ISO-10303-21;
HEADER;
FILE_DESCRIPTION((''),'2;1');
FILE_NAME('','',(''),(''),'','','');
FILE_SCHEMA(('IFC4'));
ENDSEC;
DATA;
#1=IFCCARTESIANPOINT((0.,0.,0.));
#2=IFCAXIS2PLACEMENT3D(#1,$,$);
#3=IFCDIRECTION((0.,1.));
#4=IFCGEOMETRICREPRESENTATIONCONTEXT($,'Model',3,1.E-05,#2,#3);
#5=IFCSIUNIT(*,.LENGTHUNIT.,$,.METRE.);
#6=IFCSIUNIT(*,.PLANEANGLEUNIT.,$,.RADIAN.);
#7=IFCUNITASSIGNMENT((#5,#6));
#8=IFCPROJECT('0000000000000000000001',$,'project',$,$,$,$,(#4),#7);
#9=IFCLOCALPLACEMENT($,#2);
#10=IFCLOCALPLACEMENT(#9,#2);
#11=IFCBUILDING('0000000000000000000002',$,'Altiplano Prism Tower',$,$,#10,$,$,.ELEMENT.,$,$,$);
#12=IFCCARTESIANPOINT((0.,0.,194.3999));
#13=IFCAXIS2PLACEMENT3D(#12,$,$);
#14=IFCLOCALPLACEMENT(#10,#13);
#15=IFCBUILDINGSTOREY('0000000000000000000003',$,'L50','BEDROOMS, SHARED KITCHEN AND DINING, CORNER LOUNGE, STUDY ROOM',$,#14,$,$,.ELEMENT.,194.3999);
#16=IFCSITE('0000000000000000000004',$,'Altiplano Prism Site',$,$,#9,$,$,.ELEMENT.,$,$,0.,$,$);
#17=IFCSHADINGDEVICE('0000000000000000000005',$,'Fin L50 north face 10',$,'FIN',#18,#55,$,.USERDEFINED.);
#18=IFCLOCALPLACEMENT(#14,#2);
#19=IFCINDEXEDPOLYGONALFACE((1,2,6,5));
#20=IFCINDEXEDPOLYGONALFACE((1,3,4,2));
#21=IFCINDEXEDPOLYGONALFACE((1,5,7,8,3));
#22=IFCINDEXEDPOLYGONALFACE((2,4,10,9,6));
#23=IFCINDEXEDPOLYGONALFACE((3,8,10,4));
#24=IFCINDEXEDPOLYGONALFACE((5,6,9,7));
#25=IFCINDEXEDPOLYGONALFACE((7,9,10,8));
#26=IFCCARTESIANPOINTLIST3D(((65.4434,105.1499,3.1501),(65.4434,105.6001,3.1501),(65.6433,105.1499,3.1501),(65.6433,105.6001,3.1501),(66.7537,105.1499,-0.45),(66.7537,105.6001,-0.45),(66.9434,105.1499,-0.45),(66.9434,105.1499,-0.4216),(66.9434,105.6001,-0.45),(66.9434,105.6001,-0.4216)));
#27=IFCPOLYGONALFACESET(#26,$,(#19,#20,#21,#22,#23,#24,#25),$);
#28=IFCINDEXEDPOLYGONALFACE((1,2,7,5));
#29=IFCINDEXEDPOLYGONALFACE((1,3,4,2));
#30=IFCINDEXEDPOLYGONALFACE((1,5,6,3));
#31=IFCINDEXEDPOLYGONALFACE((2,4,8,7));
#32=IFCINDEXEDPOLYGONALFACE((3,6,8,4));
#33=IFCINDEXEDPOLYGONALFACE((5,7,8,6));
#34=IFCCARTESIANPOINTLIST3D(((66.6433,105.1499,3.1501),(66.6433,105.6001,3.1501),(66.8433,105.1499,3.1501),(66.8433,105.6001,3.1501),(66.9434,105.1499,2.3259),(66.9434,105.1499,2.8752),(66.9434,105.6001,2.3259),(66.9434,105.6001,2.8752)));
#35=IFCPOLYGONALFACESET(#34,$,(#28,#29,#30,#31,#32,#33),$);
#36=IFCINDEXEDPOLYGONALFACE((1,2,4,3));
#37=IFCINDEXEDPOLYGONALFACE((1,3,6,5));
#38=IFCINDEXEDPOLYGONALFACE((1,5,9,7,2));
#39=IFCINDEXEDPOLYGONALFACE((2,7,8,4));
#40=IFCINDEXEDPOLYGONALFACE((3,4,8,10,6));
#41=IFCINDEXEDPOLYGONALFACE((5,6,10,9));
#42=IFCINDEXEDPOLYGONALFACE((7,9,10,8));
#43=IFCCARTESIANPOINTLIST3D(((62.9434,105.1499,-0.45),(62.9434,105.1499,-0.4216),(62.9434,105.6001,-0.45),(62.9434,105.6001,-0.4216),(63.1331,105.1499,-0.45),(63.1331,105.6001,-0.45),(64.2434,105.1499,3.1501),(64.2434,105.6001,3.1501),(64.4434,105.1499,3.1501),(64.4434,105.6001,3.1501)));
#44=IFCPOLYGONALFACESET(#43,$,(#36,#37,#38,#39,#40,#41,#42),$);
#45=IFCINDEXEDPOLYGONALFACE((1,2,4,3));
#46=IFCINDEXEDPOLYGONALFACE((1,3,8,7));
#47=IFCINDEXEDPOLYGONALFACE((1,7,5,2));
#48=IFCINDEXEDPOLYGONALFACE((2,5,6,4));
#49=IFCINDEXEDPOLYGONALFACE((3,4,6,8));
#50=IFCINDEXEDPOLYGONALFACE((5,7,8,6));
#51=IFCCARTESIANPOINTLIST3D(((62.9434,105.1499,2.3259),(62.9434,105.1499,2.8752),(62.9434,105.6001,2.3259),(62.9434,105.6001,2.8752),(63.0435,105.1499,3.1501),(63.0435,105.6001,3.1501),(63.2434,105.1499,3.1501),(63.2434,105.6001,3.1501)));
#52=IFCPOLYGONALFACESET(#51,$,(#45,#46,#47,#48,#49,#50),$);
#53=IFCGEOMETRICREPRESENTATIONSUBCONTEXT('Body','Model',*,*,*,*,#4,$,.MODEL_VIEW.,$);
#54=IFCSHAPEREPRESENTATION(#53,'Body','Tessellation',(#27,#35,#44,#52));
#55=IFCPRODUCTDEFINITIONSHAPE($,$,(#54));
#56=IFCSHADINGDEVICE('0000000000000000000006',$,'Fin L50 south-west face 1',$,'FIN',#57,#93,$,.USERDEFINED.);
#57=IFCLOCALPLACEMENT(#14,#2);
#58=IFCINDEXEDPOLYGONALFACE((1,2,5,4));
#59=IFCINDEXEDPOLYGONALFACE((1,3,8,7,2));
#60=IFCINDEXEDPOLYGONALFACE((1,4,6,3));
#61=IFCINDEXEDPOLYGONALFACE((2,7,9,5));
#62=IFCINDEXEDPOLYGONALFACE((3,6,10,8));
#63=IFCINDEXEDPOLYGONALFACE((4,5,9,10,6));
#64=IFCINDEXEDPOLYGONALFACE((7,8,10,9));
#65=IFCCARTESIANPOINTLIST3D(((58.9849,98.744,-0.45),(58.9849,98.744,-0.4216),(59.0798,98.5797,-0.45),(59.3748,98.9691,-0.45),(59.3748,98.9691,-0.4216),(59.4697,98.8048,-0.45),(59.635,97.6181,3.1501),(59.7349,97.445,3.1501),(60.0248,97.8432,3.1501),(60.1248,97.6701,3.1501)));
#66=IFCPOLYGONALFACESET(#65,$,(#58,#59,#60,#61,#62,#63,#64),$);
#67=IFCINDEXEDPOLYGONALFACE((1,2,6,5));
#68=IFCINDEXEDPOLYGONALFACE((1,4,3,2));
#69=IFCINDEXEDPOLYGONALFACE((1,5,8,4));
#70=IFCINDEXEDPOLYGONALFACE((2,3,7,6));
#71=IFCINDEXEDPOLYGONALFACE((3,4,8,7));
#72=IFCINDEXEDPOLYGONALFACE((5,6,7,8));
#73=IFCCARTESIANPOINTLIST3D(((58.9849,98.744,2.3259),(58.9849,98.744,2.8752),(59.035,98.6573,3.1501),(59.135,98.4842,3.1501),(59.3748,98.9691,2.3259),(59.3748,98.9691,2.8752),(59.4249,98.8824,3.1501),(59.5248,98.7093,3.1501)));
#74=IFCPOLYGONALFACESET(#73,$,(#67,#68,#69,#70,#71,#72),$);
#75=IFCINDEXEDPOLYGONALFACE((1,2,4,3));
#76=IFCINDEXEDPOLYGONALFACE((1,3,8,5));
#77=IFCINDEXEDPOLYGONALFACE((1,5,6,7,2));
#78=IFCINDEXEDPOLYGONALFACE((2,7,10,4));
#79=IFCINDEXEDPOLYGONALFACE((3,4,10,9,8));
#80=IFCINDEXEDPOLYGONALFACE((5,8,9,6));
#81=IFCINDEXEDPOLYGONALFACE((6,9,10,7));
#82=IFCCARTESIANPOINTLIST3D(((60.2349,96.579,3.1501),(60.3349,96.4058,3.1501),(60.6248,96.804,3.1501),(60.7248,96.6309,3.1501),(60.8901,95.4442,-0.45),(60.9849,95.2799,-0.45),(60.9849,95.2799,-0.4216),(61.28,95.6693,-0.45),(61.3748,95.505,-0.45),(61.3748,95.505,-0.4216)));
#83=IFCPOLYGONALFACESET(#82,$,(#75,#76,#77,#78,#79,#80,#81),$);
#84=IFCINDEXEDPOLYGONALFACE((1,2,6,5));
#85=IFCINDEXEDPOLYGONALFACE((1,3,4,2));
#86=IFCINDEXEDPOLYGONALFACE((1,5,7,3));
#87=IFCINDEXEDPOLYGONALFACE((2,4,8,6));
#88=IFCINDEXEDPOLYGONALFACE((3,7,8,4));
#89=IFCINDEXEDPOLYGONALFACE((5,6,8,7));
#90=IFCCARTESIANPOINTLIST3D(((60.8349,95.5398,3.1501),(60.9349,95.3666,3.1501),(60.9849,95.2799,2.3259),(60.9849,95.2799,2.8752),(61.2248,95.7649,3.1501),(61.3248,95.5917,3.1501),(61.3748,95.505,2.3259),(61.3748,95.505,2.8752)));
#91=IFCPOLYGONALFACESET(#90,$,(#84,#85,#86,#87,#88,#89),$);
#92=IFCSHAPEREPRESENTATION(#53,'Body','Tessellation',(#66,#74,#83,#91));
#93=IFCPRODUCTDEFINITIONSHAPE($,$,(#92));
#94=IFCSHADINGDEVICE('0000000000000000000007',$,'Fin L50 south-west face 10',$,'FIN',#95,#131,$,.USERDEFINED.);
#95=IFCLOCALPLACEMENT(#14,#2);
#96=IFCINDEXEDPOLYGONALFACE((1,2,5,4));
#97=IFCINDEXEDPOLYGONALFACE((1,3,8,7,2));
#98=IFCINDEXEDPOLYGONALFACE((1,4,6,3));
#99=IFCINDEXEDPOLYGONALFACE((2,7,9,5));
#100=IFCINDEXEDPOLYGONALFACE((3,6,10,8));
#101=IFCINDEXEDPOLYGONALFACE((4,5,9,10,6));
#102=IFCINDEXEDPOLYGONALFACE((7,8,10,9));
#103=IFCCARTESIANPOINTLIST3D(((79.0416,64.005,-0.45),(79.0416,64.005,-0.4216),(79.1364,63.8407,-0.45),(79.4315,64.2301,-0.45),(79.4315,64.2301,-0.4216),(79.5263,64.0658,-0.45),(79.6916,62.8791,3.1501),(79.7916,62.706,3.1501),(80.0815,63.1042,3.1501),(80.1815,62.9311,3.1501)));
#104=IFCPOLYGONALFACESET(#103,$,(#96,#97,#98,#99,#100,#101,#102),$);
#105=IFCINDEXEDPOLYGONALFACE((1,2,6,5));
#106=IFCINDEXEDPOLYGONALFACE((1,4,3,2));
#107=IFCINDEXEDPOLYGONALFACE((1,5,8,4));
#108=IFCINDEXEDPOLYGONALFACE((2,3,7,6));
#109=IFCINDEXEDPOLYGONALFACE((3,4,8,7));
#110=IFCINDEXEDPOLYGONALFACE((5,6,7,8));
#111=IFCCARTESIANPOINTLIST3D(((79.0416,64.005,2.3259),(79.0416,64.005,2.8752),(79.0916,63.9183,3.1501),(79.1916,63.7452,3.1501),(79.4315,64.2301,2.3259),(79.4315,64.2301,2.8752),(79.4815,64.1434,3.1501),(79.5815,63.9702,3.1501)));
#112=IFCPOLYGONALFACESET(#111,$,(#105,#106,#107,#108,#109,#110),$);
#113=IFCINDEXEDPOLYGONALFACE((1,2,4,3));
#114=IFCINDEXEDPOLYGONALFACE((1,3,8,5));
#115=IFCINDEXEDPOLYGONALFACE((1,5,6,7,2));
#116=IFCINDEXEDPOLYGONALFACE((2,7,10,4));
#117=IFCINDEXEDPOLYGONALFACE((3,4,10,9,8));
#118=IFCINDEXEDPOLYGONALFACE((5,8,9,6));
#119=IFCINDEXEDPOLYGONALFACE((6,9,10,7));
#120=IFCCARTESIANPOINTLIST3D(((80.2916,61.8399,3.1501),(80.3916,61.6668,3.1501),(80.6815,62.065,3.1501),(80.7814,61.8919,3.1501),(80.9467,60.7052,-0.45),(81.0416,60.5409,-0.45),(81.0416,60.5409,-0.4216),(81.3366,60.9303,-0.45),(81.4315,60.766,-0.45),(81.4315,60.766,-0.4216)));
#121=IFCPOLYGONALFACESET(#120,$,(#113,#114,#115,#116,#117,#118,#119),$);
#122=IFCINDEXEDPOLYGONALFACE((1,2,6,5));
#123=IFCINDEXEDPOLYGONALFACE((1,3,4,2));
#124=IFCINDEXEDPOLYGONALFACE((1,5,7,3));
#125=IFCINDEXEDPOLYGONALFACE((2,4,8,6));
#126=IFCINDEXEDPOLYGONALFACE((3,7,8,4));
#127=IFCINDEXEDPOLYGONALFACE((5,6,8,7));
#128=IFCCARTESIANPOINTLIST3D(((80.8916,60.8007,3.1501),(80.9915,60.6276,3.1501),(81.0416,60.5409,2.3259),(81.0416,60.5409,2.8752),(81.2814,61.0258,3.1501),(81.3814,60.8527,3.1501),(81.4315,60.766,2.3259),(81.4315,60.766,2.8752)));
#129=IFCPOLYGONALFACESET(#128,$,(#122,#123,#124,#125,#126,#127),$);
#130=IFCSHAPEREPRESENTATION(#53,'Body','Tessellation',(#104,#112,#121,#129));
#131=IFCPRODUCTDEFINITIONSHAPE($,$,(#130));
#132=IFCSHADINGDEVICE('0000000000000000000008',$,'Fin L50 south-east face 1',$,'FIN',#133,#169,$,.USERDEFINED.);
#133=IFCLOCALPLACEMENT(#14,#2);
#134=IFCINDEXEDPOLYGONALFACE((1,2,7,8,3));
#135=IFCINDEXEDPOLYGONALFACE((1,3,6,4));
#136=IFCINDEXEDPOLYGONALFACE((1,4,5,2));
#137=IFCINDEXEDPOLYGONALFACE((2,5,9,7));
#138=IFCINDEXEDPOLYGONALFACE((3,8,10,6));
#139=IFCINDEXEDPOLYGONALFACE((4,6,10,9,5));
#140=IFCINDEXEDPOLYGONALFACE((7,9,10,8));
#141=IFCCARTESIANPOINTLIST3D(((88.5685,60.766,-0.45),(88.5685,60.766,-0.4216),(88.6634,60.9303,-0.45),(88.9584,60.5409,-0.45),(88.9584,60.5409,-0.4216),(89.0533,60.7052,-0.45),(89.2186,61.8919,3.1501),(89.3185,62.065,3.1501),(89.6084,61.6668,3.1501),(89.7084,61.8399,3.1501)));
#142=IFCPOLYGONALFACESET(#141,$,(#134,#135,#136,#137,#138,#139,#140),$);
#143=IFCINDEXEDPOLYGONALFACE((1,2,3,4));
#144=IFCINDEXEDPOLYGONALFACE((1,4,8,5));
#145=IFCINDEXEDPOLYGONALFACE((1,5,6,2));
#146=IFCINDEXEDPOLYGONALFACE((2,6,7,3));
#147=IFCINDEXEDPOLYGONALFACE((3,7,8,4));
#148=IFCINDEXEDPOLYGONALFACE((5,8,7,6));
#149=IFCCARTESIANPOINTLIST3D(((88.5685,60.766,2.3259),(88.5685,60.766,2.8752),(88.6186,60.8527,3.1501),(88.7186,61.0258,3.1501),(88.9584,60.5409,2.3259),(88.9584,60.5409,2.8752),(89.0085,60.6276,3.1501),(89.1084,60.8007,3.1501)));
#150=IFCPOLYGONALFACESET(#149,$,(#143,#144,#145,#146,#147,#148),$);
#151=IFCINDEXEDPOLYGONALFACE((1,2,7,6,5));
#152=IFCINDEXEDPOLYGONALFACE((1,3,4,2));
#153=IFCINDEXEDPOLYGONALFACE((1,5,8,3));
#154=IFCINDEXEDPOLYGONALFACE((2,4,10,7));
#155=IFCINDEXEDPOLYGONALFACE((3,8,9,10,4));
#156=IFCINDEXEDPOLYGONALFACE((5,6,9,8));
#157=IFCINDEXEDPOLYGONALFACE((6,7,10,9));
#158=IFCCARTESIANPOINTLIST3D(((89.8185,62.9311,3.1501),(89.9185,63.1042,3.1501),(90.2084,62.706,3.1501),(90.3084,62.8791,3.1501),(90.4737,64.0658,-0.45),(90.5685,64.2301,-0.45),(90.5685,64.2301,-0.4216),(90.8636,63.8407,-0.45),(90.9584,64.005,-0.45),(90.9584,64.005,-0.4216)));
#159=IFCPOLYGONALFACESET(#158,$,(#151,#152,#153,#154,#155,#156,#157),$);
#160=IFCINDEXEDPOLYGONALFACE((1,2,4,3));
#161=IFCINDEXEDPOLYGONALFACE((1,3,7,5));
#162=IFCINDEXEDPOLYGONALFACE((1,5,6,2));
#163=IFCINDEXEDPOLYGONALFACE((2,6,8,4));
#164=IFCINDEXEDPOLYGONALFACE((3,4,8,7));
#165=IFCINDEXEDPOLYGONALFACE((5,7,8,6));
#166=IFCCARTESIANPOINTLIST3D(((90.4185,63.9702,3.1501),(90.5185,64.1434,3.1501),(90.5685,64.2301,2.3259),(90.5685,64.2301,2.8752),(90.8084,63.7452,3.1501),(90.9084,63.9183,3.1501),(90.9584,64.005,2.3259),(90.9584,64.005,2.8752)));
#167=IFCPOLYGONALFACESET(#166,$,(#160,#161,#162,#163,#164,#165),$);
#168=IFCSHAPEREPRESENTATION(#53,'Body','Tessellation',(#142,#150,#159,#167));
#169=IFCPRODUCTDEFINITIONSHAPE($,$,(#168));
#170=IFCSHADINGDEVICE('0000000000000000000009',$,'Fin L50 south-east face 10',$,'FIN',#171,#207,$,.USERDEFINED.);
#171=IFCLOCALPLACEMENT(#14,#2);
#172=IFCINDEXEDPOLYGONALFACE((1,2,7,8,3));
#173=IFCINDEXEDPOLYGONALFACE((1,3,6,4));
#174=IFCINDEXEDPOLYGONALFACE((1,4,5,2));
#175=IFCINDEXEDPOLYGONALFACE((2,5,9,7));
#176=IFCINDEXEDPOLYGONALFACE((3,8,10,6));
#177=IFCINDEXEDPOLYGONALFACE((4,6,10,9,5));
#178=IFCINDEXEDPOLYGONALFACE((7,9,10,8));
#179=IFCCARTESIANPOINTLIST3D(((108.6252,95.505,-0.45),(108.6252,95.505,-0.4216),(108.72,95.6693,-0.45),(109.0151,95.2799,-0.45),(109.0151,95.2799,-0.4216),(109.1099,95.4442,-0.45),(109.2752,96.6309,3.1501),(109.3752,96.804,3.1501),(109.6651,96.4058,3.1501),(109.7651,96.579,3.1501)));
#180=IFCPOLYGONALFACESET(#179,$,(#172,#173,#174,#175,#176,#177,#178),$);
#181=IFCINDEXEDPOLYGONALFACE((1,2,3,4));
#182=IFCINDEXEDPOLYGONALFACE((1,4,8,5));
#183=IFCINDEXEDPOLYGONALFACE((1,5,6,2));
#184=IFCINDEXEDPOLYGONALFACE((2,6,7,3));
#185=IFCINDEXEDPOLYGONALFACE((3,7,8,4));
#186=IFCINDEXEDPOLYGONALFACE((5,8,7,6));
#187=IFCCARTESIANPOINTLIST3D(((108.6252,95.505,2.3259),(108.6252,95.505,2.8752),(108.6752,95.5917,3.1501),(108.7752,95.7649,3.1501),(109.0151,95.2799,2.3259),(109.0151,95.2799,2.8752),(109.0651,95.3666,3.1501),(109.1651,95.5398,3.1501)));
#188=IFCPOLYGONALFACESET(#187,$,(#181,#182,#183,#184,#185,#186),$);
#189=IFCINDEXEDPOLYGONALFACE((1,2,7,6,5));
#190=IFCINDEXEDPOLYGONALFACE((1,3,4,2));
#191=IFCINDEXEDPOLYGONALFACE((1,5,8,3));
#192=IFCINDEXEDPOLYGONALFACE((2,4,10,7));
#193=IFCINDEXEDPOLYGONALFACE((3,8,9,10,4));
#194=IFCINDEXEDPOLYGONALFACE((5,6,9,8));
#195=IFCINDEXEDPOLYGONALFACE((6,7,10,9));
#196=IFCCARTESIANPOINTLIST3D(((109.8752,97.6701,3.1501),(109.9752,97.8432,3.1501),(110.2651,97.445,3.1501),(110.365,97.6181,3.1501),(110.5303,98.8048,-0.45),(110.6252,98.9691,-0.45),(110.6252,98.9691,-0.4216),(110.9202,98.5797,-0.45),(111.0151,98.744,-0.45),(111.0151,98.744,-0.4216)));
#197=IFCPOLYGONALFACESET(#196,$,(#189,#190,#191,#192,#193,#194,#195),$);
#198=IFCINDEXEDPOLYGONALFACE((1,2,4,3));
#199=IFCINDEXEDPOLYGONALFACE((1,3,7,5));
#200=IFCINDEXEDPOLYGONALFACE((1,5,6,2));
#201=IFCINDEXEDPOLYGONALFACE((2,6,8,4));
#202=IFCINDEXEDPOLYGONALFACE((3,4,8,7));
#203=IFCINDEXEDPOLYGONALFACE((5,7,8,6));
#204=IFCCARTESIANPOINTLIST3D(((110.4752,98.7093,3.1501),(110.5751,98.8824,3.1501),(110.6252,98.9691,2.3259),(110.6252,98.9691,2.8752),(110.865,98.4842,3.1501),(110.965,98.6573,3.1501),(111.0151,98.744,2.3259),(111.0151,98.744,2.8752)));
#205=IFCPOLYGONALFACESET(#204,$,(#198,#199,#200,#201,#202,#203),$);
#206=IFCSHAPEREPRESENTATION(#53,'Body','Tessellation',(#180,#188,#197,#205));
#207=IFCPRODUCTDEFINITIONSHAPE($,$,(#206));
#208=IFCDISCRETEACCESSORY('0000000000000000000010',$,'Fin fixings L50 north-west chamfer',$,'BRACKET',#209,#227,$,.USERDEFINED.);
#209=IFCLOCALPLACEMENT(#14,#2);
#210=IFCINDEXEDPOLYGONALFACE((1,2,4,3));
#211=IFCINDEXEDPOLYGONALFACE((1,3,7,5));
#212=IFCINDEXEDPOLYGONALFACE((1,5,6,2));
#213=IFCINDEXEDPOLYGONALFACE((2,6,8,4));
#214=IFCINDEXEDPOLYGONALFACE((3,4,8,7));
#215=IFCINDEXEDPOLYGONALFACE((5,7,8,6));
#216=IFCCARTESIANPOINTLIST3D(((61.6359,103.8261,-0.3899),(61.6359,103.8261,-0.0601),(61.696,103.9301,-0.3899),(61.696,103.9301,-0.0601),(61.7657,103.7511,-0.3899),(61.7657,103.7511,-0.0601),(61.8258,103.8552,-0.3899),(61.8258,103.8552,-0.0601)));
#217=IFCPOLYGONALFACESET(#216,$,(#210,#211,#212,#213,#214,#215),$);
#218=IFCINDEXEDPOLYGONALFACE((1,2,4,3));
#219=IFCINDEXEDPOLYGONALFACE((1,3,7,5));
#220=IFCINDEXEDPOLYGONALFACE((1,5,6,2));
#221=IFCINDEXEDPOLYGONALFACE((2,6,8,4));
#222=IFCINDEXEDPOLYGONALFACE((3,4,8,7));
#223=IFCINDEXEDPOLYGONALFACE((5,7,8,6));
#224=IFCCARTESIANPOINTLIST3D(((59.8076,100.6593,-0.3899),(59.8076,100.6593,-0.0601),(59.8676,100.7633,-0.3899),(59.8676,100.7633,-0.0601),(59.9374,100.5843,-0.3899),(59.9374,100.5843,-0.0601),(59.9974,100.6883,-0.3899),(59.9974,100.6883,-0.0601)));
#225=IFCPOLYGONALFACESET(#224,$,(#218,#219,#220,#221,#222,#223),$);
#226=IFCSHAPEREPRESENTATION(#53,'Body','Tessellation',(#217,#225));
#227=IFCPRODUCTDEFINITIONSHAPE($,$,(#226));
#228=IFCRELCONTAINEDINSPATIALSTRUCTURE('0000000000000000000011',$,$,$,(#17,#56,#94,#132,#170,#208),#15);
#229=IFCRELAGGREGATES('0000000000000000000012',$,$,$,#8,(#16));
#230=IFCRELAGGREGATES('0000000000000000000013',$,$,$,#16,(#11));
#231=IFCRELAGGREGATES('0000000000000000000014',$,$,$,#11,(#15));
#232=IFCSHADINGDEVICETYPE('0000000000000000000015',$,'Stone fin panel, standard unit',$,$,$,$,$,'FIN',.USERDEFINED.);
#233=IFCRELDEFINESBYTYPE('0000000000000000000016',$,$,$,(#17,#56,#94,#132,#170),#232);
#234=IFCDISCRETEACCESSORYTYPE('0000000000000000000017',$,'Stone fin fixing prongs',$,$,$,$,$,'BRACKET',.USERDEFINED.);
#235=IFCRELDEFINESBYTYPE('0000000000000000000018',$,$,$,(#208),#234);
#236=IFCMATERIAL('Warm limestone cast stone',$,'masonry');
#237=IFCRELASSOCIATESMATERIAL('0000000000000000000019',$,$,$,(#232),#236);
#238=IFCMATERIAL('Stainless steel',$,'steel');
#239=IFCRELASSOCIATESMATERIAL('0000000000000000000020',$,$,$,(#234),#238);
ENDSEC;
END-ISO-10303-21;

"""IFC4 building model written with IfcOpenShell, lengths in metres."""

from ifc_helpers import new_model, si_unit, direction, frame, origin, place, context, subcontext, project, spatial, polyline, outline, extrude, source, transform, mapped, material, type_object, element, save


model = new_model("IFC4")

# Units and contexts
model_context = context("Model", 3, precision=1e-05, world=origin(), true_north=direction((0.0, 1.0)))
body_context = subcontext(model_context, "Body", "Model", "MODEL_VIEW")
ifc_project = project(units=[si_unit("LENGTHUNIT", "METRE"), si_unit("PLANEANGLEUNIT", "RADIAN")], contexts=[model_context])

# Site, building, storey
site_placement = place(None, origin())
site = spatial("IfcSite", under=ifc_project, at=site_placement, Name="Altiplano Prism Site", CompositionType="ELEMENT", RefElevation=0.0)
building_placement = place(site_placement, origin())
building = spatial("IfcBuilding", under=site, at=building_placement, Name="Altiplano Prism Tower", CompositionType="ELEMENT")
storey_placement = place(building_placement, frame((0.0, 0.0, 194.3999)))
storey = spatial("IfcBuildingStorey", under=building, at=storey_placement, Name="L50", Description="BEDROOMS, SHARED KITCHEN AND DINING, CORNER LOUNGE, STUDY ROOM", CompositionType="ELEMENT", Elevation=194.3999)

# Shading devices
ifc_material_1 = material(Name="Warm limestone cast stone", Category="masonry")
shading_device_type_1 = type_object("IfcShadingDeviceType", Name="Stone fin panel, standard unit", ElementType="FIN", PredefinedType="USERDEFINED", material=ifc_material_1)
shared_shape_1 = source(origin(), body_context, "Body", "SweptSolid", [
    extrude(outline(polyline([(-2.0, 0.0), (-1.8103, 0.0), (-0.5, 3.6001), (-0.7, 3.6001), (-2.0, 0.0283), (-2.0, 0.0)])), frame((0.0, -0.1499, 0.0), z_axis=(0.0, -1.0, 0.0), x_axis=(1.0, 0.0, 0.0)), (0.0, 0.0, 1.0), 0.4502),
    extrude(outline(polyline([(-2.0, 2.7759), (-1.7, 3.6001), (-1.8999, 3.6001), (-2.0, 3.3252), (-2.0, 2.7759)])), frame((0.0, -0.1499, 0.0), z_axis=(0.0, -1.0, 0.0), x_axis=(1.0, 0.0, 0.0)), (0.0, 0.0, 1.0), 0.4502),
    extrude(outline(polyline([(1.8103, 0.0), (2.0, 0.0), (2.0, 0.0283), (0.7, 3.6001), (0.5, 3.6001), (1.8103, 0.0)])), frame((0.0, -0.1499, 0.0), z_axis=(0.0, -1.0, 0.0), x_axis=(1.0, 0.0, 0.0)), (0.0, 0.0, 1.0), 0.4502),
    extrude(outline(polyline([(2.0, 3.3252), (1.8999, 3.6001), (1.7, 3.6001), (2.0, 2.7759), (2.0, 3.3252)])), frame((0.0, -0.1499, 0.0), z_axis=(0.0, -1.0, 0.0), x_axis=(1.0, 0.0, 0.0)), (0.0, 0.0, 1.0), 0.4502),
])
shading_device_1_placement = place(storey_placement, origin())
element("IfcShadingDevice", 1, at=shading_device_1_placement, inside=storey, type_object=shading_device_type_1, Name="Fin L50 north face 10", ObjectType="FIN", PredefinedType="USERDEFINED", context=body_context, shape_type="MappedRepresentation", body=[
    mapped(shared_shape_1, transform((64.9434, 105.0, -0.45), x_axis=(-1.0, 0.0, 0.0), y_axis=(0.0, -1.0, 0.0), z_axis=(0.0, 0.0, 1.0))),
])
shading_device_2_placement = place(storey_placement, origin())
element("IfcShadingDevice", 2, at=shading_device_2_placement, inside=storey, type_object=shading_device_type_1, Name="Fin L50 south-west face 1", ObjectType="FIN", PredefinedType="USERDEFINED", context=body_context, shape_type="MappedRepresentation", body=[
    mapped(shared_shape_1, transform((60.5046, 97.312, -0.45), x_axis=(0.5, -0.866025, 0.0), y_axis=(0.866025, 0.5, 0.0), z_axis=(0.0, 0.0, 1.0))),
])
shading_device_3_placement = place(storey_placement, origin())
element("IfcShadingDevice", 3, at=shading_device_3_placement, inside=storey, type_object=shading_device_type_1, Name="Fin L50 south-west face 10", ObjectType="FIN", PredefinedType="USERDEFINED", context=body_context, shape_type="MappedRepresentation", body=[
    mapped(shared_shape_1, transform((80.5613, 62.573, -0.45), x_axis=(0.5, -0.866025, 0.0), y_axis=(0.866025, 0.5, 0.0), z_axis=(0.0, 0.0, 1.0))),
])
shading_device_4_placement = place(storey_placement, origin())
element("IfcShadingDevice", 4, at=shading_device_4_placement, inside=storey, type_object=shading_device_type_1, Name="Fin L50 south-east face 1", ObjectType="FIN", PredefinedType="USERDEFINED", context=body_context, shape_type="MappedRepresentation", body=[
    mapped(shared_shape_1, transform((89.4387, 62.573, -0.45), x_axis=(0.5, 0.866025, 0.0), y_axis=(-0.866025, 0.5, 0.0), z_axis=(0.0, 0.0, 1.0))),
])
shading_device_5_placement = place(storey_placement, origin())
element("IfcShadingDevice", 5, at=shading_device_5_placement, inside=storey, type_object=shading_device_type_1, Name="Fin L50 south-east face 10", ObjectType="FIN", PredefinedType="USERDEFINED", context=body_context, shape_type="MappedRepresentation", body=[
    mapped(shared_shape_1, transform((109.4954, 97.312, -0.45), x_axis=(0.5, 0.866025, 0.0), y_axis=(-0.866025, 0.5, 0.0), z_axis=(0.0, 0.0, 1.0))),
])

# Discrete accessory
ifc_material_2 = material(Name="Stainless steel", Category="steel")
discrete_accessory_type = type_object("IfcDiscreteAccessoryType", Name="Stone fin fixing prongs", ElementType="BRACKET", PredefinedType="USERDEFINED", material=ifc_material_2)
shared_shape_2 = source(origin(), body_context, "Body", "SweptSolid", [
    extrude(outline(polyline([(-1.8884, 0.0601), (-1.7683, 0.0601), (-1.7683, 0.3899), (-1.8884, 0.3899), (-1.8884, 0.0601)])), frame((0.0, 0.0, 0.0), z_axis=(0.0, -1.0, 0.0), x_axis=(1.0, 0.0, 0.0)), (0.0, 0.0, 1.0), 0.1499),
    extrude(outline(polyline([(1.7683, 0.0601), (1.8884, 0.0601), (1.8884, 0.3899), (1.7683, 0.3899), (1.7683, 0.0601)])), frame((0.0, 0.0, 0.0), z_axis=(0.0, -1.0, 0.0), x_axis=(1.0, 0.0, 0.0)), (0.0, 0.0, 1.0), 0.1499),
])
discrete_accessory_1_placement = place(storey_placement, origin())
element("IfcDiscreteAccessory", 6, at=discrete_accessory_1_placement, inside=storey, type_object=discrete_accessory_type, Name="Fin fixings L50 north-west chamfer", ObjectType="BRACKET", PredefinedType="USERDEFINED", context=body_context, shape_type="MappedRepresentation", body=[
    mapped(shared_shape_2, transform((60.8816, 102.2197, -0.45), x_axis=(-0.5, -0.866025, 0.0), y_axis=(0.866025, -0.5, 0.0), z_axis=(0.0, 0.0, 1.0))),
])

save(model, "model.ifc")
